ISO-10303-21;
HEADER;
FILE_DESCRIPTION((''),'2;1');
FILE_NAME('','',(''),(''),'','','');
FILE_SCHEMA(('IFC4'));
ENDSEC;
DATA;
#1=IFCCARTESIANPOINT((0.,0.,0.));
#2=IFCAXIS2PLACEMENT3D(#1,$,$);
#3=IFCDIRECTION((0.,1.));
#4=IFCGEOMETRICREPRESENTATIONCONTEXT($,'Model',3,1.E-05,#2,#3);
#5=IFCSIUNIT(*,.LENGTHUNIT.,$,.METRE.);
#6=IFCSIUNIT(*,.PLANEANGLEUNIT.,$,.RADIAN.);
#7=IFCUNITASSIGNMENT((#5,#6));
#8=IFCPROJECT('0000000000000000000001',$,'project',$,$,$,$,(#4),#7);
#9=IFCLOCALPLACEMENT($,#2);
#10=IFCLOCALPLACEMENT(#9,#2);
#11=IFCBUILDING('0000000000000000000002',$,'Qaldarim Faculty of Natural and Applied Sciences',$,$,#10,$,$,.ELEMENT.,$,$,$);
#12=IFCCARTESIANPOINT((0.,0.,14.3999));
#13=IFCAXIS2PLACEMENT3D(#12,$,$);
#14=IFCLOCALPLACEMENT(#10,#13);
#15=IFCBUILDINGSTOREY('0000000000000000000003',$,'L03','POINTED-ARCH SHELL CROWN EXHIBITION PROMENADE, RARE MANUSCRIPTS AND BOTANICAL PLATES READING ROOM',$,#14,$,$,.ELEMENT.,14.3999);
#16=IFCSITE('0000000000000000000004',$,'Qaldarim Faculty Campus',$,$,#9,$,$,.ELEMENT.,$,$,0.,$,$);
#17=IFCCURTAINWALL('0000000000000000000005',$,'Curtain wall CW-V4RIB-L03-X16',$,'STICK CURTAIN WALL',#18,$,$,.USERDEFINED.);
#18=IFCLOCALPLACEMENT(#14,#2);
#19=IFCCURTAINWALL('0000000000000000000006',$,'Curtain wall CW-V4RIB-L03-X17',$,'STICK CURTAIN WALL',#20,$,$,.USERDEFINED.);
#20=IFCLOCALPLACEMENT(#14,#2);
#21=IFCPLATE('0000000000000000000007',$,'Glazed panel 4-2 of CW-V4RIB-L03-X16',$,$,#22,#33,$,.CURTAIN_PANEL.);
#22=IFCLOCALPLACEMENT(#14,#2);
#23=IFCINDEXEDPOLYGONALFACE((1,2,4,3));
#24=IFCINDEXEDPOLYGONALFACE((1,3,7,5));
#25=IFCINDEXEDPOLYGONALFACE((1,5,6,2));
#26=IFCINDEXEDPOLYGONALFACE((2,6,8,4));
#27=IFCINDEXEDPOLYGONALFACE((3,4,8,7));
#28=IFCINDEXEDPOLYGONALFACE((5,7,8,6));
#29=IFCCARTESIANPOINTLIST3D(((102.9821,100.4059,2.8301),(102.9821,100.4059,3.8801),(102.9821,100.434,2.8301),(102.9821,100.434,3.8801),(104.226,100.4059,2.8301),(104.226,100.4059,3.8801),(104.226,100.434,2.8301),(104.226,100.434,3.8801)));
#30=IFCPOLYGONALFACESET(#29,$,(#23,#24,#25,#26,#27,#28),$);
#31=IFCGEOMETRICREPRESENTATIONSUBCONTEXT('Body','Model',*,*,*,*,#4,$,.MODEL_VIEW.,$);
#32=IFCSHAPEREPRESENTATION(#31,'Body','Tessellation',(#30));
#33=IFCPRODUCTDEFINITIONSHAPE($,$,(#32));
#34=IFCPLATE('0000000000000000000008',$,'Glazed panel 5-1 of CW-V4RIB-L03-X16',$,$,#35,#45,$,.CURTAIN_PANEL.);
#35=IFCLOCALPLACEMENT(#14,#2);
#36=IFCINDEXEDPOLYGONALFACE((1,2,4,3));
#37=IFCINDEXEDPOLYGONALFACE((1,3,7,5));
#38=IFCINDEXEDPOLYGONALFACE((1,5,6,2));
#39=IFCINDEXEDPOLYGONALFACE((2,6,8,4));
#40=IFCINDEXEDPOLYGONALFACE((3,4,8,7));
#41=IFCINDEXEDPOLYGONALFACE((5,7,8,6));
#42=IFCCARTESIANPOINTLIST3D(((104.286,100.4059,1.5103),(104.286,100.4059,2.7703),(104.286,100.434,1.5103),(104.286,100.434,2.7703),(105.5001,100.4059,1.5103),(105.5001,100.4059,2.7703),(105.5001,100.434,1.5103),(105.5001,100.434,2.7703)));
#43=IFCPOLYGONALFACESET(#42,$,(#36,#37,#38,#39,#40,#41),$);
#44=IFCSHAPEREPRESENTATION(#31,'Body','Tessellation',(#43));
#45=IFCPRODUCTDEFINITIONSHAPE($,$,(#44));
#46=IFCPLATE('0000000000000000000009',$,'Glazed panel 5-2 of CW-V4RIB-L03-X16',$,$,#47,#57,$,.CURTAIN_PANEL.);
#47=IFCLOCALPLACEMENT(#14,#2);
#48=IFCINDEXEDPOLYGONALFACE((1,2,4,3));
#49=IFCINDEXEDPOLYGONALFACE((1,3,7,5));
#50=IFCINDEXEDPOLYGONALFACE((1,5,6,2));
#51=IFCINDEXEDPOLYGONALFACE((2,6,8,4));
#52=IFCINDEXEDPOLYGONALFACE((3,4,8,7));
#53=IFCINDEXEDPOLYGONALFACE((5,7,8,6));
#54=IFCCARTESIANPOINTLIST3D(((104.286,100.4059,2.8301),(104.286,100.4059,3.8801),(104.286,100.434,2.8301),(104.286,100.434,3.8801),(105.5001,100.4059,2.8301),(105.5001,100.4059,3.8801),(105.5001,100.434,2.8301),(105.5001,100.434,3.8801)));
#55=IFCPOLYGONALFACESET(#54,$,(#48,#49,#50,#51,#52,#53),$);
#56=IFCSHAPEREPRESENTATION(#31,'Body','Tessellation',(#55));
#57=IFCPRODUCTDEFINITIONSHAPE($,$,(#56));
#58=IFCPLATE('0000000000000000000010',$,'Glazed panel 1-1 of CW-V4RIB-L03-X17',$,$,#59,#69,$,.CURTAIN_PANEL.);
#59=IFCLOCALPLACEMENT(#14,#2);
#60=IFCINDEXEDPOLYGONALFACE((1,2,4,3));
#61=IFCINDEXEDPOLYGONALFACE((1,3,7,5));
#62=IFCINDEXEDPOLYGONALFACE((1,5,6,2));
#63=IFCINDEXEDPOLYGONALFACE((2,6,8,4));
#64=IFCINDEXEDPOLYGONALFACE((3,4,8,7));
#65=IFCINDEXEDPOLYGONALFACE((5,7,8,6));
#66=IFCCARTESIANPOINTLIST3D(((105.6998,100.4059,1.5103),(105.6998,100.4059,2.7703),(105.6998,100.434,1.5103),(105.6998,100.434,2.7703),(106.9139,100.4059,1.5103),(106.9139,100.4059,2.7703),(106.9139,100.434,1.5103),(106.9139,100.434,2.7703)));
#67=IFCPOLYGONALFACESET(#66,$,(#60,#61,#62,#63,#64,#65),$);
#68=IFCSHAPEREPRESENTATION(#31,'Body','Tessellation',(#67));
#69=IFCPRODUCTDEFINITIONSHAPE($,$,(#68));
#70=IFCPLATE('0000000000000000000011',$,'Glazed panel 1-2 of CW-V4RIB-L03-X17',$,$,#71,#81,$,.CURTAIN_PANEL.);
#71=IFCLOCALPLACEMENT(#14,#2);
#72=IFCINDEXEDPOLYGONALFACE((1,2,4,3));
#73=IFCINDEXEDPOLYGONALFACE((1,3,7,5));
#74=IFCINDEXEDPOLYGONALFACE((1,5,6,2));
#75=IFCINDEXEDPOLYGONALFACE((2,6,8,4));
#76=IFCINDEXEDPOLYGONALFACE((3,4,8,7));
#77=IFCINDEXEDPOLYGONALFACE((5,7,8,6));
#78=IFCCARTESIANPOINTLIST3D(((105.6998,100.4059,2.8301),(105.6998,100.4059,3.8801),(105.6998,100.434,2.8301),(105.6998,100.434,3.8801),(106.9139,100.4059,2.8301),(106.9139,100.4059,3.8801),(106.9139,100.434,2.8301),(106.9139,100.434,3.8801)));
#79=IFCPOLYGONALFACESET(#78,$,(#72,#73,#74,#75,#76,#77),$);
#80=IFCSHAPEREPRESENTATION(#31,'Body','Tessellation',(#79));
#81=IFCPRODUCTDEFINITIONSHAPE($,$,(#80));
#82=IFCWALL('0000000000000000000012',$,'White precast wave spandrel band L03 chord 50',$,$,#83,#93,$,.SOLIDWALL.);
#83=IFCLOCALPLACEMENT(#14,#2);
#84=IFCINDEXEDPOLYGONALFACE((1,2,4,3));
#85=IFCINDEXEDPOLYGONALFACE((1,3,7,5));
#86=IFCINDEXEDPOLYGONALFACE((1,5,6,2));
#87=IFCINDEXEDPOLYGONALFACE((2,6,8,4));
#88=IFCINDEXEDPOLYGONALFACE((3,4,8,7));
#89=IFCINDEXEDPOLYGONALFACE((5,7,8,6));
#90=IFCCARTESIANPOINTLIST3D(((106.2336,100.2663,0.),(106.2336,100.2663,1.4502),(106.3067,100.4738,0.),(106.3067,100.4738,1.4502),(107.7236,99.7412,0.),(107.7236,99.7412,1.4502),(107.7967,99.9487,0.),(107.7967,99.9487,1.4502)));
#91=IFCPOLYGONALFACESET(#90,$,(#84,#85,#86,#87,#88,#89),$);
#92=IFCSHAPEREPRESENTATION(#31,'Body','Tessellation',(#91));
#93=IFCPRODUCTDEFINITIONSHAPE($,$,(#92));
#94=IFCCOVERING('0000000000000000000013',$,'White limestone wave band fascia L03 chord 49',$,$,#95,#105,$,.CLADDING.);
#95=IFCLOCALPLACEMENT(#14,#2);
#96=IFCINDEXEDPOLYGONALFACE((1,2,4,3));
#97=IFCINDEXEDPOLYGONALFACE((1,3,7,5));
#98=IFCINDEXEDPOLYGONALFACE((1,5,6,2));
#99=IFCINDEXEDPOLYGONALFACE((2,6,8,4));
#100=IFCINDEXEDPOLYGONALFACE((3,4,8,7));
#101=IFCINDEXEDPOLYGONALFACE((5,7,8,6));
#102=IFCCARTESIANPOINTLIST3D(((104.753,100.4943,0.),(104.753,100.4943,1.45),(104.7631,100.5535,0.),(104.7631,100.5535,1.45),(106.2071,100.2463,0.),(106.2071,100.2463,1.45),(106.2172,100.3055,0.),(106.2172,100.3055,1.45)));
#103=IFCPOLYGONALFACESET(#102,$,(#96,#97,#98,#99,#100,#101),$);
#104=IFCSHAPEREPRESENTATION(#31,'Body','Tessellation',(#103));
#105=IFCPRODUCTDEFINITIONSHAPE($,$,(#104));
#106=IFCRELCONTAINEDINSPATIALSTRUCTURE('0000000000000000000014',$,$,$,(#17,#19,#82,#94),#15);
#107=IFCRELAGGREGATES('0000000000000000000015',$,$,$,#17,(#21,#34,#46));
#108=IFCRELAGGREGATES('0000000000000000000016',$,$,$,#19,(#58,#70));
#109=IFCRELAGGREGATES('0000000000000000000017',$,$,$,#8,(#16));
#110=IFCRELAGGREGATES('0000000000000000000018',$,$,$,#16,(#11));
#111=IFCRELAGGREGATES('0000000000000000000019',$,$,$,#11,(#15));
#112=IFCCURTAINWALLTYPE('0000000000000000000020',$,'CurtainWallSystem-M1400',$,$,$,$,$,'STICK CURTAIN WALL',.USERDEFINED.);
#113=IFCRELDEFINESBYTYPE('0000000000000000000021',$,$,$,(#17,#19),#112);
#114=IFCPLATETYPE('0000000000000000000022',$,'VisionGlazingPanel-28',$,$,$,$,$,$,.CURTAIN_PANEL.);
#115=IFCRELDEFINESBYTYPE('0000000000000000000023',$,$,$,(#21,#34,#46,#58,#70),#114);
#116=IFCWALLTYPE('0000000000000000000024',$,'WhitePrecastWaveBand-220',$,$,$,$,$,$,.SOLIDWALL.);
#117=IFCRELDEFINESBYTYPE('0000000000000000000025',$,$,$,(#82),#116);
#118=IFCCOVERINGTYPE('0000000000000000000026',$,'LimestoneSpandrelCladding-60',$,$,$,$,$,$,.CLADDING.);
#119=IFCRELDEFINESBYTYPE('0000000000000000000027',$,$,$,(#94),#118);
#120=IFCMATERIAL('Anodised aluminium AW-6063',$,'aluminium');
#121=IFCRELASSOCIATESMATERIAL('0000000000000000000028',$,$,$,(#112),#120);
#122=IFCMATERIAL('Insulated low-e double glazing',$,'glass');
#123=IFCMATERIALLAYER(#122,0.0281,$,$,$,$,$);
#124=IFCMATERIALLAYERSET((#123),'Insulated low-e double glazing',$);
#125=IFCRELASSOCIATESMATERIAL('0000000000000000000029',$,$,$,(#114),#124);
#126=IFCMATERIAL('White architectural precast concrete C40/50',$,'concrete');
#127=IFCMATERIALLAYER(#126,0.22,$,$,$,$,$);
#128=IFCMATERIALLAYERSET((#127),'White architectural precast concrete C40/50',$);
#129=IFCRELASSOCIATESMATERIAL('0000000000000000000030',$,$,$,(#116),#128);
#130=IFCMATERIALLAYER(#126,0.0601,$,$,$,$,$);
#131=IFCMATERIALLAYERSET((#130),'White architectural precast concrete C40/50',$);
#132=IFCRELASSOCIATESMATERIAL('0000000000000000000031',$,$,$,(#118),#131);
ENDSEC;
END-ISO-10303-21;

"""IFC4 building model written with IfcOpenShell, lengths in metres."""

from ifc_helpers import new_model, si_unit, direction, frame, frame_2d, origin, origin_2d, place, context, subcontext, project, spatial, rectangle, extrude, material, layer, layer_set, type_object, element, aggregate, save


model = new_model("IFC4")

# Units and contexts
model_context = context("Model", 3, precision=1e-05, world=origin(), true_north=direction((0.0, 1.0)))
body_context = subcontext(model_context, "Body", "Model", "MODEL_VIEW")
ifc_project = project(units=[si_unit("LENGTHUNIT", "METRE"), si_unit("PLANEANGLEUNIT", "RADIAN")], contexts=[model_context])

# Site, building, storey
site_placement = place(None, origin())
site = spatial("IfcSite", under=ifc_project, at=site_placement, Name="Qaldarim Faculty Campus", CompositionType="ELEMENT", RefElevation=0.0)
building_placement = place(site_placement, origin())
building = spatial("IfcBuilding", under=site, at=building_placement, Name="Qaldarim Faculty of Natural and Applied Sciences", CompositionType="ELEMENT")
storey_placement = place(building_placement, frame((0.0, 0.0, 14.3999)))
storey = spatial("IfcBuildingStorey", under=building, at=storey_placement, Name="L03", Description="POINTED-ARCH SHELL CROWN EXHIBITION PROMENADE, RARE MANUSCRIPTS AND BOTANICAL PLATES READING ROOM", CompositionType="ELEMENT", Elevation=14.3999)

# Curtain walls
ifc_material_1 = material(Name="Anodised aluminium AW-6063", Category="aluminium")
curtain_wall_type = type_object("IfcCurtainWallType", Name="CurtainWallSystem-M1400", ElementType="STICK CURTAIN WALL", PredefinedType="USERDEFINED", material=ifc_material_1)
curtain_wall_1_placement = place(storey_placement, origin())
curtain_wall_1 = element("IfcCurtainWall", 1, at=curtain_wall_1_placement, inside=storey, type_object=curtain_wall_type, Name="Curtain wall CW-V4RIB-L03-X16", ObjectType="STICK CURTAIN WALL", PredefinedType="USERDEFINED")
curtain_wall_2_placement = place(storey_placement, origin())
curtain_wall_2 = element("IfcCurtainWall", 2, at=curtain_wall_2_placement, inside=storey, type_object=curtain_wall_type, Name="Curtain wall CW-V4RIB-L03-X17", ObjectType="STICK CURTAIN WALL", PredefinedType="USERDEFINED")

# Plates
ifc_material_2 = material(Name="Insulated low-e double glazing", Category="glass")
ifc_layer_1 = layer(ifc_material_2, 0.0281)
ifc_layer_set_1 = layer_set([ifc_layer_1], Name="Insulated low-e double glazing")
plate_type = type_object("IfcPlateType", Name="VisionGlazingPanel-28", PredefinedType="CURTAIN_PANEL", material=ifc_layer_set_1)
plate_1_placement = place(storey_placement, frame((103.604, 100.4199, 2.8301), z_axis=(0.0, 0.0, 1.0), x_axis=(1.0, 0.0, 0.0)))
plate_1 = element("IfcPlate", 3, at=plate_1_placement, type_object=plate_type, Name="Glazed panel 4-2 of CW-V4RIB-L03-X16", PredefinedType="CURTAIN_PANEL", context=body_context, shape_type="SweptSolid", body=[
    extrude(rectangle(XDim=1.2439, YDim=0.0281, at=origin_2d()), origin(), (0.0, 0.0, 1.0), 1.05),
])
plate_2_placement = place(storey_placement, frame((104.8931, 100.4199, 1.5103), z_axis=(0.0, 0.0, 1.0), x_axis=(1.0, 0.0, 0.0)))
plate_2 = element("IfcPlate", 4, at=plate_2_placement, type_object=plate_type, Name="Glazed panel 5-1 of CW-V4RIB-L03-X16", PredefinedType="CURTAIN_PANEL", context=body_context, shape_type="SweptSolid", body=[
    extrude(rectangle(XDim=1.2141, YDim=0.0281, at=origin_2d()), origin(), (0.0, 0.0, 1.0), 1.26),
])
plate_3_placement = place(storey_placement, frame((104.8931, 100.4199, 2.8301), z_axis=(0.0, 0.0, 1.0), x_axis=(1.0, 0.0, 0.0)))
plate_3 = element("IfcPlate", 5, at=plate_3_placement, type_object=plate_type, Name="Glazed panel 5-2 of CW-V4RIB-L03-X16", PredefinedType="CURTAIN_PANEL", context=body_context, shape_type="SweptSolid", body=[
    extrude(rectangle(XDim=1.2141, YDim=0.0281, at=origin_2d()), origin(), (0.0, 0.0, 1.0), 1.05),
])
aggregate(curtain_wall_1, [plate_1, plate_2, plate_3])
plate_4_placement = place(storey_placement, frame((106.3069, 100.4199, 1.5103), z_axis=(0.0, 0.0, 1.0), x_axis=(1.0, 0.0, 0.0)))
plate_4 = element("IfcPlate", 6, at=plate_4_placement, type_object=plate_type, Name="Glazed panel 1-1 of CW-V4RIB-L03-X17", PredefinedType="CURTAIN_PANEL", context=body_context, shape_type="SweptSolid", body=[
    extrude(rectangle(XDim=1.2141, YDim=0.0281, at=origin_2d()), origin(), (0.0, 0.0, 1.0), 1.26),
])
plate_5_placement = place(storey_placement, frame((106.3069, 100.4199, 2.8301), z_axis=(0.0, 0.0, 1.0), x_axis=(1.0, 0.0, 0.0)))
plate_5 = element("IfcPlate", 7, at=plate_5_placement, type_object=plate_type, Name="Glazed panel 1-2 of CW-V4RIB-L03-X17", PredefinedType="CURTAIN_PANEL", context=body_context, shape_type="SweptSolid", body=[
    extrude(rectangle(XDim=1.2141, YDim=0.0281, at=origin_2d()), origin(), (0.0, 0.0, 1.0), 1.05),
])
aggregate(curtain_wall_2, [plate_4, plate_5])

# Wall
ifc_material_3 = material(Name="White architectural precast concrete C40/50", Category="concrete")
ifc_layer_2 = layer(ifc_material_3, 0.22)
ifc_layer_set_2 = layer_set([ifc_layer_2], Name="White architectural precast concrete C40/50")
wall_type = type_object("IfcWallType", Name="WhitePrecastWaveBand-220", PredefinedType="SOLIDWALL", material=ifc_layer_set_2)
wall_placement = place(storey_placement, frame((106.27, 100.3701, 0.0), z_axis=(0.0, 0.0, 1.0), x_axis=(0.943136, -0.332408, 0.0)))
element("IfcWall", 8, at=wall_placement, inside=storey, type_object=wall_type, Name="White precast wave spandrel band L03 chord 50", PredefinedType="SOLIDWALL", context=body_context, shape_type="SweptSolid", body=[
    extrude(rectangle(XDim=1.5798, YDim=0.22, at=frame_2d((0.79, 0.0))), origin(), (0.0, 0.0, 1.0), 1.4502),
])

# Covering
ifc_layer_3 = layer(ifc_material_3, 0.0601)
ifc_layer_set_3 = layer_set([ifc_layer_3], Name="White architectural precast concrete C40/50")
covering_type = type_object("IfcCoveringType", Name="LimestoneSpandrelCladding-60", PredefinedType="CLADDING", material=ifc_layer_set_3)
covering_placement = place(storey_placement, frame((105.4851, 100.3999, 0.0), z_axis=(0.0, 0.0, 1.0), x_axis=(0.985762, -0.168145, 0.0)))
element("IfcCovering", 9, at=covering_placement, inside=storey, type_object=covering_type, Name="White limestone wave band fascia L03 chord 49", PredefinedType="CLADDING", context=body_context, shape_type="SweptSolid", body=[
    extrude(rectangle(XDim=1.4751, YDim=0.0601, at=origin_2d()), origin(), (0.0, 0.0, 1.0), 1.45),
])

save(model, "model.ifc")
